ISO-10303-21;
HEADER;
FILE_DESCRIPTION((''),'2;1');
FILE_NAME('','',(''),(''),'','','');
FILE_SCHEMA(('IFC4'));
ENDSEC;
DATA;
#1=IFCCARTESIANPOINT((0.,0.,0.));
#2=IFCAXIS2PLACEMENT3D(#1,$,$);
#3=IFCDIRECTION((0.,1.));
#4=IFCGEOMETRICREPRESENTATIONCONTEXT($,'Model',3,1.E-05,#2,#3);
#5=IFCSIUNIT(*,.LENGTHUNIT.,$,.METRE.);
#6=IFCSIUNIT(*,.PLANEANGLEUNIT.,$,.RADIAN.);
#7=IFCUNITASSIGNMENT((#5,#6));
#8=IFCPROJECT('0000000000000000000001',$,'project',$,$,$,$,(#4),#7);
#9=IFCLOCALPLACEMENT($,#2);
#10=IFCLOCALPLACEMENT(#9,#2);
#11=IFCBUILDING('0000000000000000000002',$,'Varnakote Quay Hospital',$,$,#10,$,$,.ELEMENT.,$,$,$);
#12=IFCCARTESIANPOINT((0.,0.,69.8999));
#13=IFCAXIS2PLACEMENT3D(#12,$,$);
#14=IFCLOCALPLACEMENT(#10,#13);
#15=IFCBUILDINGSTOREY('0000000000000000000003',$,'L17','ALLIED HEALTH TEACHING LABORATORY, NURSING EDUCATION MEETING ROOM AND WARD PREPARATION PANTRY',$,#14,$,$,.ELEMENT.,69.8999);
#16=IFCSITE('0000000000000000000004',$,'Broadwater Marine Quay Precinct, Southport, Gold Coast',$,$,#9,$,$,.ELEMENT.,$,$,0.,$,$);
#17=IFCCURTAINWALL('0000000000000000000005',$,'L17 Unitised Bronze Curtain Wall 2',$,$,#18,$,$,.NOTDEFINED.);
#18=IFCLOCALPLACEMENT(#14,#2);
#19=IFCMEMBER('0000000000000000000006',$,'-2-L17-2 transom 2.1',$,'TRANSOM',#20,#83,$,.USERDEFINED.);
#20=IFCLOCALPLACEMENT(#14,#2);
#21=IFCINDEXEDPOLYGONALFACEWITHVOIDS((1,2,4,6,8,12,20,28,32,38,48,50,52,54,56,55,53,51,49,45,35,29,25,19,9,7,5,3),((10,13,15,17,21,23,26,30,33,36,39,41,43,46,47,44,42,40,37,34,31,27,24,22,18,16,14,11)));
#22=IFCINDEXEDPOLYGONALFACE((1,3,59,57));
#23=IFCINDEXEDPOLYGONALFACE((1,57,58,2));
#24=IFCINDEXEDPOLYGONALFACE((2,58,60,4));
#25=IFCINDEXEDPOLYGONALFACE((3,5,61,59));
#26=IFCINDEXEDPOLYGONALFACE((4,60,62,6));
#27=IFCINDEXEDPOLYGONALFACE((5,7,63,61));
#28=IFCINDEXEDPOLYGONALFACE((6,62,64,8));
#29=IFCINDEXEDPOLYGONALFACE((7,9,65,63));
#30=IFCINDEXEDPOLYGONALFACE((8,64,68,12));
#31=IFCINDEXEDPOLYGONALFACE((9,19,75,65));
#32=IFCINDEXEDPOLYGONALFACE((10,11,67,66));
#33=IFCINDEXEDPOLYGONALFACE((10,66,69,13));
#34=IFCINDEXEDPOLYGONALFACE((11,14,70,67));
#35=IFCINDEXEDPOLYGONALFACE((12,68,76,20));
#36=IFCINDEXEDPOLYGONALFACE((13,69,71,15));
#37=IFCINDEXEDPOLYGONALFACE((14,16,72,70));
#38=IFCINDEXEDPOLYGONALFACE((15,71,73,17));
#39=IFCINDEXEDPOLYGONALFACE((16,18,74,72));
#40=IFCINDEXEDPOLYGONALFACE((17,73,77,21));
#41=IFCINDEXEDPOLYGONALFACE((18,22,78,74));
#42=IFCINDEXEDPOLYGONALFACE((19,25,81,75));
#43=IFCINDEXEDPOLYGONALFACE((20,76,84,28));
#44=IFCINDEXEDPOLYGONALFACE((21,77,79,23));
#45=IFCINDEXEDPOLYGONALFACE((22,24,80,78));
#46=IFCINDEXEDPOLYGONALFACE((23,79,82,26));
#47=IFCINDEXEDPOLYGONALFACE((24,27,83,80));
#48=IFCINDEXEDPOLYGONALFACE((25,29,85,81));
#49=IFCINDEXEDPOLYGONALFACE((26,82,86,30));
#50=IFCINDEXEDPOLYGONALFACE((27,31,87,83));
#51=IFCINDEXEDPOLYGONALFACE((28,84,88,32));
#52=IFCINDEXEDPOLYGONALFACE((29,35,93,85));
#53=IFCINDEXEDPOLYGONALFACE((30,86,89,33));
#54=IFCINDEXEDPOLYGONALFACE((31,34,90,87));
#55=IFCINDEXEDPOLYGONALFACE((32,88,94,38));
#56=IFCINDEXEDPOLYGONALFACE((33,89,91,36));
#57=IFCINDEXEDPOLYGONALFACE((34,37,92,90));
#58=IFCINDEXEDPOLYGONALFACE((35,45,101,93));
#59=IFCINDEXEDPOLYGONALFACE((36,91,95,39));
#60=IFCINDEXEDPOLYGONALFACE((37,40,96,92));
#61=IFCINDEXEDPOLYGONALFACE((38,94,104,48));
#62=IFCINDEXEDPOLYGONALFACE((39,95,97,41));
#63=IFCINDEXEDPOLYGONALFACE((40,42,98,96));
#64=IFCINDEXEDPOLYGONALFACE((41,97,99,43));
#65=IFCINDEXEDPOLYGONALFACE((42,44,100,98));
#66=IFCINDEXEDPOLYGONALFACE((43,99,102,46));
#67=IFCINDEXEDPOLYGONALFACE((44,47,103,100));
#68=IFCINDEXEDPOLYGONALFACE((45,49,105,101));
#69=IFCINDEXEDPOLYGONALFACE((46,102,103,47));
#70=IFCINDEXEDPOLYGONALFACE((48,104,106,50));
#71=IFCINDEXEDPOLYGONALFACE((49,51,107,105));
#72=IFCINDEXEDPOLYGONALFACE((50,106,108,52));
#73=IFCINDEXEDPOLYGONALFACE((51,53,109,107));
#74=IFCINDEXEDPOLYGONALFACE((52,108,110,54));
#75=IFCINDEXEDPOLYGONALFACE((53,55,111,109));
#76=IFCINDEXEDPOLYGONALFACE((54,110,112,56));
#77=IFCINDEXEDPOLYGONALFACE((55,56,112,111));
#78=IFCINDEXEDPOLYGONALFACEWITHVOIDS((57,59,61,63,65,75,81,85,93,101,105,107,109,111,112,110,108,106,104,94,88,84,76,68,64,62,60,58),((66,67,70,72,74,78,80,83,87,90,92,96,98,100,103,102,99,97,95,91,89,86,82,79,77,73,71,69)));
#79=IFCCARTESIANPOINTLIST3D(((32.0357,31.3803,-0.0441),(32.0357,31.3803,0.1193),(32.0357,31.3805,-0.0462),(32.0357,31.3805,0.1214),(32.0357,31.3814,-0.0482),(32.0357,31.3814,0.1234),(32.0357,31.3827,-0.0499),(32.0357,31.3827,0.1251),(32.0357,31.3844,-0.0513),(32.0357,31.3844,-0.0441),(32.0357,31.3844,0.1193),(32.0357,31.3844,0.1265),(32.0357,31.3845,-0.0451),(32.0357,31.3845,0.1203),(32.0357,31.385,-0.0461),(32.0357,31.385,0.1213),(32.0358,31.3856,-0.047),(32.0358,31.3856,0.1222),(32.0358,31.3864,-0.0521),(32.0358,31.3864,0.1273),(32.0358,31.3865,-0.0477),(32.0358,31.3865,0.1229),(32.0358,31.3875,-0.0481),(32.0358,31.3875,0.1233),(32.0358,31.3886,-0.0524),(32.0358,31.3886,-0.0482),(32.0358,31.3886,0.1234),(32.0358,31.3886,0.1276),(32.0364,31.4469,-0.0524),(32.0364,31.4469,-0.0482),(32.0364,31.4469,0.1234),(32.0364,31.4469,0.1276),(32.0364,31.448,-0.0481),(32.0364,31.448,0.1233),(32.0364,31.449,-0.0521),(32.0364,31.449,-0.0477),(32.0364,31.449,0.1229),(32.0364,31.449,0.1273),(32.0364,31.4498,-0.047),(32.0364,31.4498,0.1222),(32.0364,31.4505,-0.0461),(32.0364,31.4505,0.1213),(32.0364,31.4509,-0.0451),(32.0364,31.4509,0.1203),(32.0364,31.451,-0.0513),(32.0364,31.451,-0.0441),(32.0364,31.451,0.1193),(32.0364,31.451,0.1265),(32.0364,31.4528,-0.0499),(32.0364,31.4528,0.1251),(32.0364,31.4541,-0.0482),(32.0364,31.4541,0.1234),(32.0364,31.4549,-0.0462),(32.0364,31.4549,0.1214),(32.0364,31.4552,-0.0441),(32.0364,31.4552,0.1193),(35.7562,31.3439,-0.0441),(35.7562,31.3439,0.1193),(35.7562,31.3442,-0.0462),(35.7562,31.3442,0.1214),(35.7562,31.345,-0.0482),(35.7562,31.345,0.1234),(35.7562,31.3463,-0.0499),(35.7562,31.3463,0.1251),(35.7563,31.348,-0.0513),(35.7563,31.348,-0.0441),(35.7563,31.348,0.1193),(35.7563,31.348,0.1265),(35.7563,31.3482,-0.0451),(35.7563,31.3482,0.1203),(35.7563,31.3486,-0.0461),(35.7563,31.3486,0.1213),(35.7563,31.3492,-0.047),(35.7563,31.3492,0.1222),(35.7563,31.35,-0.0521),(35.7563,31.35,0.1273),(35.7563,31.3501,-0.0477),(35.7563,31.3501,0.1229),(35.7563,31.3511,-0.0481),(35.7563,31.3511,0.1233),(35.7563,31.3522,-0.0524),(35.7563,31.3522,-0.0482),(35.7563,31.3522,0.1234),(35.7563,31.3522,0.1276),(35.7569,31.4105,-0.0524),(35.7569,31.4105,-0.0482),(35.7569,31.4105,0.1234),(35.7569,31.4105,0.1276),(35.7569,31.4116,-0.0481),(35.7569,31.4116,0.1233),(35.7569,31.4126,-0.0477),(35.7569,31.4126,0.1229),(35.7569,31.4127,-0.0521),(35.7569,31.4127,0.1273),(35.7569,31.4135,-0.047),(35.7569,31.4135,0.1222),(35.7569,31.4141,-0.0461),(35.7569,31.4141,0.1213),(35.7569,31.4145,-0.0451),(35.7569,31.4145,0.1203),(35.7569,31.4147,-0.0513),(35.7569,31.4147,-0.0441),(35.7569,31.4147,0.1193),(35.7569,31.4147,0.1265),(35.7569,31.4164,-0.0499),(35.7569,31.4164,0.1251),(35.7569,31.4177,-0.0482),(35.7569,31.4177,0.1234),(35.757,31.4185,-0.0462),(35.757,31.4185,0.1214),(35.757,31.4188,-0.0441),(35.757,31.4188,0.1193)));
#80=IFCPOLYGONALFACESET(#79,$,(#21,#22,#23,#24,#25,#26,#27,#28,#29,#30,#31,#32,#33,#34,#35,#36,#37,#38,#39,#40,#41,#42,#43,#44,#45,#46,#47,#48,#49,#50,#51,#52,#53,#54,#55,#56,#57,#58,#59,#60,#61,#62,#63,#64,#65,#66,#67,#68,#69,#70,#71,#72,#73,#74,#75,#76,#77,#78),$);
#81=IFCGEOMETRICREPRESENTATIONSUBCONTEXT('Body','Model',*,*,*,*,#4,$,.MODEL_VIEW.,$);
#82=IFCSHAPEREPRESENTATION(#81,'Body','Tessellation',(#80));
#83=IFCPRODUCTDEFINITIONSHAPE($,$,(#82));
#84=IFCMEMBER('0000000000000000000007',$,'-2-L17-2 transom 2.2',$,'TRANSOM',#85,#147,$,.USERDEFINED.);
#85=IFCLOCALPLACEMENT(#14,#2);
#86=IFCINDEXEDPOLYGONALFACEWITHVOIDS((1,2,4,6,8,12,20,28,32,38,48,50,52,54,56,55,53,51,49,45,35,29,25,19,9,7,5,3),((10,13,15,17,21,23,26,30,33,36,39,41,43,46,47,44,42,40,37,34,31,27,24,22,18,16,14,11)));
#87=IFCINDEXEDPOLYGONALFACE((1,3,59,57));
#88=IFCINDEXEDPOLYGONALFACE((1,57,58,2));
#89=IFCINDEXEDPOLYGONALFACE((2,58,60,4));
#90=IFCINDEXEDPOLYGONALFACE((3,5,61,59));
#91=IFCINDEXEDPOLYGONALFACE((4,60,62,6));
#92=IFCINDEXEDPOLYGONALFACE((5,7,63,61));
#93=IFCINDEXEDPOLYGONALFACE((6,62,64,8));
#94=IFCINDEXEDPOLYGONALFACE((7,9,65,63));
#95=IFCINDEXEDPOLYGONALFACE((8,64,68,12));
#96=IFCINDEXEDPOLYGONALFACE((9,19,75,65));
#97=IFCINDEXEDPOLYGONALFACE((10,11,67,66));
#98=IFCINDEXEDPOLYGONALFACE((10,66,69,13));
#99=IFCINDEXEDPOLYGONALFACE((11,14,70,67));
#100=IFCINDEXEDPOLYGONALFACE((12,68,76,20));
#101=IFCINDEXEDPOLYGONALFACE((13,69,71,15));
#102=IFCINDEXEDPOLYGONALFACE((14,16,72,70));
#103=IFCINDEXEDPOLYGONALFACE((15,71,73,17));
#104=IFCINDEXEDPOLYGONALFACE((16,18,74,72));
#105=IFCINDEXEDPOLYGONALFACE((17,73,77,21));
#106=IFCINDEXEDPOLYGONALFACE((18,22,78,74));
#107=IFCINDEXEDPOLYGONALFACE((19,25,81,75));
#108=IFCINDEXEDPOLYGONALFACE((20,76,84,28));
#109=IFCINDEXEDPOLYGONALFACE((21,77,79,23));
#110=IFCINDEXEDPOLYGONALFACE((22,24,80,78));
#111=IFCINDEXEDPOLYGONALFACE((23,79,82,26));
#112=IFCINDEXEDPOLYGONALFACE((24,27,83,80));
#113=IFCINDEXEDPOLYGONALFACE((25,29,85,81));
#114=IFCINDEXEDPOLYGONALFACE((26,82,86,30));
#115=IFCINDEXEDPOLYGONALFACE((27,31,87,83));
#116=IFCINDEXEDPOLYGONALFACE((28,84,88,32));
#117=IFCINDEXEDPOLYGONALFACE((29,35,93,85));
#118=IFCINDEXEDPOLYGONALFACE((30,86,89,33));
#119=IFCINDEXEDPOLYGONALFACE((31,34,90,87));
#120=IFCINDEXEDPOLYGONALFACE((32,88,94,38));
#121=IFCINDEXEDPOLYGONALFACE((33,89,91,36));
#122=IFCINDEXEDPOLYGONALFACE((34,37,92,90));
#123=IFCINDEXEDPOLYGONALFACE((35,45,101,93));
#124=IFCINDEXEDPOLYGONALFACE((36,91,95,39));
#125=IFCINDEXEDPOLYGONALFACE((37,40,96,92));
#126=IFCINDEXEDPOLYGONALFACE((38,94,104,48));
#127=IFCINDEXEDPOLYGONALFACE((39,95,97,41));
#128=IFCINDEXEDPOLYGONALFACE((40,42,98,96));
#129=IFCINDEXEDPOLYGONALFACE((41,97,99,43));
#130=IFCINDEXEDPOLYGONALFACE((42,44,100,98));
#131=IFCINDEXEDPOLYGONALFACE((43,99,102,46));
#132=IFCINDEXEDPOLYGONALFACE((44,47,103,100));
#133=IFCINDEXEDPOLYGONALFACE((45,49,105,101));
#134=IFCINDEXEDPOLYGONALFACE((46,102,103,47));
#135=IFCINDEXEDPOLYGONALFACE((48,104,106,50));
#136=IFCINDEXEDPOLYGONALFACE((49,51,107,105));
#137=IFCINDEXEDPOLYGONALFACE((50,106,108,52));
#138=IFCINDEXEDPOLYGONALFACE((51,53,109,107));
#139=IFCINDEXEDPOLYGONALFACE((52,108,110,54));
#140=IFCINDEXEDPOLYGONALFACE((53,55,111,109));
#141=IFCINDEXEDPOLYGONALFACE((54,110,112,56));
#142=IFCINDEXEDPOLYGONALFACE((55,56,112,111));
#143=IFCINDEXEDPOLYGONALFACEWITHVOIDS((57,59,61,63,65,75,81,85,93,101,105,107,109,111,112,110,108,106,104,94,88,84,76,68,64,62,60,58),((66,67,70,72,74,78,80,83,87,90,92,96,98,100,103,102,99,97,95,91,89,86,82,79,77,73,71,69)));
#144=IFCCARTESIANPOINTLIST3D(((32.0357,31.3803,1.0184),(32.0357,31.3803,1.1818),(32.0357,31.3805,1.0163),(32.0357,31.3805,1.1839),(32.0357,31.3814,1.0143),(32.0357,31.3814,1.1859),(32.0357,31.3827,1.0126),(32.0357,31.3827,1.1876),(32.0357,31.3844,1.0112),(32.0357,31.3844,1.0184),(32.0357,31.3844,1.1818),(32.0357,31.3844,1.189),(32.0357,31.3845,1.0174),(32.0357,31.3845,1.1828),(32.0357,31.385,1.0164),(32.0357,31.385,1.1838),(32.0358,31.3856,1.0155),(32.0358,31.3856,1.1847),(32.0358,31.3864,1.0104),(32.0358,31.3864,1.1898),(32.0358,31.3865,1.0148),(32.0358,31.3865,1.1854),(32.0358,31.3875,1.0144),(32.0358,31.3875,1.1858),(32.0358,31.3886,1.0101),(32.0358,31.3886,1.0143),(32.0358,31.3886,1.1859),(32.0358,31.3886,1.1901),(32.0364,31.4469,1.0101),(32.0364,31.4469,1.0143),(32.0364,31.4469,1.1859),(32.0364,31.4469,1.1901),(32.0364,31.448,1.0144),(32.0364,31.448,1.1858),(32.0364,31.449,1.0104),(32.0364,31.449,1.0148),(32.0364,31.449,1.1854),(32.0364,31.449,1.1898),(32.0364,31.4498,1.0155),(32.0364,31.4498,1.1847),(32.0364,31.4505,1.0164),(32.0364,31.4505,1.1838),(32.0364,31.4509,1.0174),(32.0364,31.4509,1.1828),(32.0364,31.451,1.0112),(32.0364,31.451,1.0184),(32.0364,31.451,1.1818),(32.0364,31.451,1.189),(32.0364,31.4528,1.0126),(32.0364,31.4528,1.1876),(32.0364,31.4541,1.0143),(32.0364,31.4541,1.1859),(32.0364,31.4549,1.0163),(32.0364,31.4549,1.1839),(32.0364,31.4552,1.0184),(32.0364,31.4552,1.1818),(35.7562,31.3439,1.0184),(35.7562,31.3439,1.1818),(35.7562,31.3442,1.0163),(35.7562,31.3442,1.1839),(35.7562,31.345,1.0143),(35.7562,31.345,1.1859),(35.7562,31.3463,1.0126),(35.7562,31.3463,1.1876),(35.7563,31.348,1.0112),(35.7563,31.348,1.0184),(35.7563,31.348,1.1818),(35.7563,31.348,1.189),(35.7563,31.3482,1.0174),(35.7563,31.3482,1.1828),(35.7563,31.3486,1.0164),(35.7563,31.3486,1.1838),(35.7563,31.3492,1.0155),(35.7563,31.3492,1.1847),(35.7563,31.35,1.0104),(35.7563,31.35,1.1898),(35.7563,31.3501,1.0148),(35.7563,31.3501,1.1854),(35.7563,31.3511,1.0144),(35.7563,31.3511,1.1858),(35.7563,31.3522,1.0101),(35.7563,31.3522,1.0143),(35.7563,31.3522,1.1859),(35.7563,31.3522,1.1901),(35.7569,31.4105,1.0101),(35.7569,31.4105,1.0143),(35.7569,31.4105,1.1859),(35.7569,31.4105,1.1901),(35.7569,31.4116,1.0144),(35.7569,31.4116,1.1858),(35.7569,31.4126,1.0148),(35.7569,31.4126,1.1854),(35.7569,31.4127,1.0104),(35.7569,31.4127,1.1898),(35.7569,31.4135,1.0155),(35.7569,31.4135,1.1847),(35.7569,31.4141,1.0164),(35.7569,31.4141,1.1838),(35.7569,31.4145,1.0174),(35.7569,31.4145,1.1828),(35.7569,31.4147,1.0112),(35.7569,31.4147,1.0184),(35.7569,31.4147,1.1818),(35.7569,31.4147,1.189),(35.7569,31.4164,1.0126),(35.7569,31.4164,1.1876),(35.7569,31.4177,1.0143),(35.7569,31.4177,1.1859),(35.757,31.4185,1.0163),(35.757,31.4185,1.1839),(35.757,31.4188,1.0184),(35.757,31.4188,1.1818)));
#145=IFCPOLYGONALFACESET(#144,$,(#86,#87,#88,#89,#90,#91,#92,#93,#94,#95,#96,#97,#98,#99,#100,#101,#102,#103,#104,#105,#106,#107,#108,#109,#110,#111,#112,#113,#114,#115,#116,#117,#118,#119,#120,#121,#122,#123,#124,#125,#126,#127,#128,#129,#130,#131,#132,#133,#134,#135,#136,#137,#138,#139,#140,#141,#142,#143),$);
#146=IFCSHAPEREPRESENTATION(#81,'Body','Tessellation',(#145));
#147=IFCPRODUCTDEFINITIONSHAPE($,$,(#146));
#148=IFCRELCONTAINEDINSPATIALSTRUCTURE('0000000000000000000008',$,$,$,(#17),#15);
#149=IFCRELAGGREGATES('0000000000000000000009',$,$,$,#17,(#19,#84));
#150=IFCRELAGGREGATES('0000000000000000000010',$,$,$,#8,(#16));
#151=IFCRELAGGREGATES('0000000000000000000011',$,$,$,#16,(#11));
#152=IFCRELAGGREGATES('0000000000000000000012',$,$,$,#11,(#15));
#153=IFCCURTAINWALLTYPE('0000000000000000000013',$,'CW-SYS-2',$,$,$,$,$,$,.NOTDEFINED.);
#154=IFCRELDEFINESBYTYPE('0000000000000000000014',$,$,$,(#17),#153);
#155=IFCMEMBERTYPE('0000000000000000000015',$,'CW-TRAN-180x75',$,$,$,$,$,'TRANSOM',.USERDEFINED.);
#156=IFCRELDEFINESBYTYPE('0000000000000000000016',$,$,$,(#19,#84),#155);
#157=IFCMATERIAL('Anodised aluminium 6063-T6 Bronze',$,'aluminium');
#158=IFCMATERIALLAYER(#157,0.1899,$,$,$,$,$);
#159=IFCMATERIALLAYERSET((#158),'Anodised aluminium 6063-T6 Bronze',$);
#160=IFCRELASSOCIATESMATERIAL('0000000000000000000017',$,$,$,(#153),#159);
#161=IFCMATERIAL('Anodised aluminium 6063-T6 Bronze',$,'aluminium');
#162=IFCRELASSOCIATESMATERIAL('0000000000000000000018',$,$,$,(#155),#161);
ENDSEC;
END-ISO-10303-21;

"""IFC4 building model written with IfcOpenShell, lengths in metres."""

from ifc_helpers import new_model, si_unit, direction, frame, origin, origin_2d, place, context, subcontext, project, spatial, hollow_rectangle, extrude, material, layer, layer_set, material_profile, profile_set, type_object, element, aggregate, save


model = new_model("IFC4")

# Units and contexts
model_context = context("Model", 3, precision=1e-05, world=origin(), true_north=direction((0.0, 1.0)))
body_context = subcontext(model_context, "Body", "Model", "MODEL_VIEW")
ifc_project = project(units=[si_unit("LENGTHUNIT", "METRE"), si_unit("PLANEANGLEUNIT", "RADIAN")], contexts=[model_context])

# Site, building, storey
site_placement = place(None, origin())
site = spatial("IfcSite", under=ifc_project, at=site_placement, Name="Broadwater Marine Quay Precinct, Southport, Gold Coast", CompositionType="ELEMENT", RefElevation=0.0)
building_placement = place(site_placement, origin())
building = spatial("IfcBuilding", under=site, at=building_placement, Name="Varnakote Quay Hospital", CompositionType="ELEMENT")
storey_placement = place(building_placement, frame((0.0, 0.0, 69.8999)))
storey = spatial("IfcBuildingStorey", under=building, at=storey_placement, Name="L17", Description="ALLIED HEALTH TEACHING LABORATORY, NURSING EDUCATION MEETING ROOM AND WARD PREPARATION PANTRY", CompositionType="ELEMENT", Elevation=69.8999)

# Shared definitions
ifc_material_1 = material(Name="Anodised aluminium 6063-T6 Bronze", Category="aluminium")
ifc_layer_1 = layer(ifc_material_1, 0.1899)
ifc_layer_set_1 = layer_set([ifc_layer_1], Name="Anodised aluminium 6063-T6 Bronze")
curtain_wall_type = type_object("IfcCurtainWallType", Name="CW-SYS-2", PredefinedType="NOTDEFINED", material=ifc_layer_set_1)

# Curtain wall, members
curtain_wall_1_placement = place(storey_placement, origin())
curtain_wall_1 = element("IfcCurtainWall", 1, at=curtain_wall_1_placement, inside=storey, type_object=curtain_wall_type, Name="L17 Unitised Bronze Curtain Wall 2", PredefinedType="NOTDEFINED")
ifc_material_2 = material(Name="Anodised aluminium 6063-T6 Bronze", Category="aluminium")
ifc_material_profile_1 = material_profile(ifc_material_2, hollow_rectangle(XDim=0.075, YDim=0.1799, WallThickness=0.0042, InnerFilletRadius=0.0042, OuterFilletRadius=0.0083, at=origin_2d()), Name="CW-TRAN-180x75")
ifc_profile_set_1 = profile_set([ifc_material_profile_1], Name="Anodised aluminium 6063-T6 Bronze")
member_type_1 = type_object("IfcMemberType", Name="CW-TRAN-180x75", ElementType="TRANSOM", PredefinedType="USERDEFINED", material=ifc_profile_set_1)
member_1_placement = place(storey_placement, frame((35.7566, 31.3813, 0.0376), z_axis=(-0.999952, 0.009777, 0.0), x_axis=(-0.009777, -0.999952, 0.0)))
member_1 = element("IfcMember", 2, at=member_1_placement, type_object=member_type_1, Name="-2-L17-2 transom 2.1", ObjectType="TRANSOM", PredefinedType="USERDEFINED", context=body_context, shape_type="SweptSolid", body=[
    extrude(hollow_rectangle(XDim=0.075, YDim=0.1799, WallThickness=0.0042, InnerFilletRadius=0.0042, OuterFilletRadius=0.0083, at=origin_2d()), origin(), (0.0, 0.0, 1.0), 3.7207),
])
member_2_placement = place(storey_placement, frame((35.7566, 31.3813, 1.1001), z_axis=(-0.999952, 0.009777, 0.0), x_axis=(-0.009777, -0.999952, 0.0)))
member_2 = element("IfcMember", 3, at=member_2_placement, type_object=member_type_1, Name="-2-L17-2 transom 2.2", ObjectType="TRANSOM", PredefinedType="USERDEFINED", context=body_context, shape_type="SweptSolid", body=[
    extrude(hollow_rectangle(XDim=0.075, YDim=0.1799, WallThickness=0.0042, InnerFilletRadius=0.0042, OuterFilletRadius=0.0083, at=origin_2d()), origin(), (0.0, 0.0, 1.0), 3.7207),
])

aggregate(curtain_wall_1, [member_1, member_2])

save(model, "model.ifc")
